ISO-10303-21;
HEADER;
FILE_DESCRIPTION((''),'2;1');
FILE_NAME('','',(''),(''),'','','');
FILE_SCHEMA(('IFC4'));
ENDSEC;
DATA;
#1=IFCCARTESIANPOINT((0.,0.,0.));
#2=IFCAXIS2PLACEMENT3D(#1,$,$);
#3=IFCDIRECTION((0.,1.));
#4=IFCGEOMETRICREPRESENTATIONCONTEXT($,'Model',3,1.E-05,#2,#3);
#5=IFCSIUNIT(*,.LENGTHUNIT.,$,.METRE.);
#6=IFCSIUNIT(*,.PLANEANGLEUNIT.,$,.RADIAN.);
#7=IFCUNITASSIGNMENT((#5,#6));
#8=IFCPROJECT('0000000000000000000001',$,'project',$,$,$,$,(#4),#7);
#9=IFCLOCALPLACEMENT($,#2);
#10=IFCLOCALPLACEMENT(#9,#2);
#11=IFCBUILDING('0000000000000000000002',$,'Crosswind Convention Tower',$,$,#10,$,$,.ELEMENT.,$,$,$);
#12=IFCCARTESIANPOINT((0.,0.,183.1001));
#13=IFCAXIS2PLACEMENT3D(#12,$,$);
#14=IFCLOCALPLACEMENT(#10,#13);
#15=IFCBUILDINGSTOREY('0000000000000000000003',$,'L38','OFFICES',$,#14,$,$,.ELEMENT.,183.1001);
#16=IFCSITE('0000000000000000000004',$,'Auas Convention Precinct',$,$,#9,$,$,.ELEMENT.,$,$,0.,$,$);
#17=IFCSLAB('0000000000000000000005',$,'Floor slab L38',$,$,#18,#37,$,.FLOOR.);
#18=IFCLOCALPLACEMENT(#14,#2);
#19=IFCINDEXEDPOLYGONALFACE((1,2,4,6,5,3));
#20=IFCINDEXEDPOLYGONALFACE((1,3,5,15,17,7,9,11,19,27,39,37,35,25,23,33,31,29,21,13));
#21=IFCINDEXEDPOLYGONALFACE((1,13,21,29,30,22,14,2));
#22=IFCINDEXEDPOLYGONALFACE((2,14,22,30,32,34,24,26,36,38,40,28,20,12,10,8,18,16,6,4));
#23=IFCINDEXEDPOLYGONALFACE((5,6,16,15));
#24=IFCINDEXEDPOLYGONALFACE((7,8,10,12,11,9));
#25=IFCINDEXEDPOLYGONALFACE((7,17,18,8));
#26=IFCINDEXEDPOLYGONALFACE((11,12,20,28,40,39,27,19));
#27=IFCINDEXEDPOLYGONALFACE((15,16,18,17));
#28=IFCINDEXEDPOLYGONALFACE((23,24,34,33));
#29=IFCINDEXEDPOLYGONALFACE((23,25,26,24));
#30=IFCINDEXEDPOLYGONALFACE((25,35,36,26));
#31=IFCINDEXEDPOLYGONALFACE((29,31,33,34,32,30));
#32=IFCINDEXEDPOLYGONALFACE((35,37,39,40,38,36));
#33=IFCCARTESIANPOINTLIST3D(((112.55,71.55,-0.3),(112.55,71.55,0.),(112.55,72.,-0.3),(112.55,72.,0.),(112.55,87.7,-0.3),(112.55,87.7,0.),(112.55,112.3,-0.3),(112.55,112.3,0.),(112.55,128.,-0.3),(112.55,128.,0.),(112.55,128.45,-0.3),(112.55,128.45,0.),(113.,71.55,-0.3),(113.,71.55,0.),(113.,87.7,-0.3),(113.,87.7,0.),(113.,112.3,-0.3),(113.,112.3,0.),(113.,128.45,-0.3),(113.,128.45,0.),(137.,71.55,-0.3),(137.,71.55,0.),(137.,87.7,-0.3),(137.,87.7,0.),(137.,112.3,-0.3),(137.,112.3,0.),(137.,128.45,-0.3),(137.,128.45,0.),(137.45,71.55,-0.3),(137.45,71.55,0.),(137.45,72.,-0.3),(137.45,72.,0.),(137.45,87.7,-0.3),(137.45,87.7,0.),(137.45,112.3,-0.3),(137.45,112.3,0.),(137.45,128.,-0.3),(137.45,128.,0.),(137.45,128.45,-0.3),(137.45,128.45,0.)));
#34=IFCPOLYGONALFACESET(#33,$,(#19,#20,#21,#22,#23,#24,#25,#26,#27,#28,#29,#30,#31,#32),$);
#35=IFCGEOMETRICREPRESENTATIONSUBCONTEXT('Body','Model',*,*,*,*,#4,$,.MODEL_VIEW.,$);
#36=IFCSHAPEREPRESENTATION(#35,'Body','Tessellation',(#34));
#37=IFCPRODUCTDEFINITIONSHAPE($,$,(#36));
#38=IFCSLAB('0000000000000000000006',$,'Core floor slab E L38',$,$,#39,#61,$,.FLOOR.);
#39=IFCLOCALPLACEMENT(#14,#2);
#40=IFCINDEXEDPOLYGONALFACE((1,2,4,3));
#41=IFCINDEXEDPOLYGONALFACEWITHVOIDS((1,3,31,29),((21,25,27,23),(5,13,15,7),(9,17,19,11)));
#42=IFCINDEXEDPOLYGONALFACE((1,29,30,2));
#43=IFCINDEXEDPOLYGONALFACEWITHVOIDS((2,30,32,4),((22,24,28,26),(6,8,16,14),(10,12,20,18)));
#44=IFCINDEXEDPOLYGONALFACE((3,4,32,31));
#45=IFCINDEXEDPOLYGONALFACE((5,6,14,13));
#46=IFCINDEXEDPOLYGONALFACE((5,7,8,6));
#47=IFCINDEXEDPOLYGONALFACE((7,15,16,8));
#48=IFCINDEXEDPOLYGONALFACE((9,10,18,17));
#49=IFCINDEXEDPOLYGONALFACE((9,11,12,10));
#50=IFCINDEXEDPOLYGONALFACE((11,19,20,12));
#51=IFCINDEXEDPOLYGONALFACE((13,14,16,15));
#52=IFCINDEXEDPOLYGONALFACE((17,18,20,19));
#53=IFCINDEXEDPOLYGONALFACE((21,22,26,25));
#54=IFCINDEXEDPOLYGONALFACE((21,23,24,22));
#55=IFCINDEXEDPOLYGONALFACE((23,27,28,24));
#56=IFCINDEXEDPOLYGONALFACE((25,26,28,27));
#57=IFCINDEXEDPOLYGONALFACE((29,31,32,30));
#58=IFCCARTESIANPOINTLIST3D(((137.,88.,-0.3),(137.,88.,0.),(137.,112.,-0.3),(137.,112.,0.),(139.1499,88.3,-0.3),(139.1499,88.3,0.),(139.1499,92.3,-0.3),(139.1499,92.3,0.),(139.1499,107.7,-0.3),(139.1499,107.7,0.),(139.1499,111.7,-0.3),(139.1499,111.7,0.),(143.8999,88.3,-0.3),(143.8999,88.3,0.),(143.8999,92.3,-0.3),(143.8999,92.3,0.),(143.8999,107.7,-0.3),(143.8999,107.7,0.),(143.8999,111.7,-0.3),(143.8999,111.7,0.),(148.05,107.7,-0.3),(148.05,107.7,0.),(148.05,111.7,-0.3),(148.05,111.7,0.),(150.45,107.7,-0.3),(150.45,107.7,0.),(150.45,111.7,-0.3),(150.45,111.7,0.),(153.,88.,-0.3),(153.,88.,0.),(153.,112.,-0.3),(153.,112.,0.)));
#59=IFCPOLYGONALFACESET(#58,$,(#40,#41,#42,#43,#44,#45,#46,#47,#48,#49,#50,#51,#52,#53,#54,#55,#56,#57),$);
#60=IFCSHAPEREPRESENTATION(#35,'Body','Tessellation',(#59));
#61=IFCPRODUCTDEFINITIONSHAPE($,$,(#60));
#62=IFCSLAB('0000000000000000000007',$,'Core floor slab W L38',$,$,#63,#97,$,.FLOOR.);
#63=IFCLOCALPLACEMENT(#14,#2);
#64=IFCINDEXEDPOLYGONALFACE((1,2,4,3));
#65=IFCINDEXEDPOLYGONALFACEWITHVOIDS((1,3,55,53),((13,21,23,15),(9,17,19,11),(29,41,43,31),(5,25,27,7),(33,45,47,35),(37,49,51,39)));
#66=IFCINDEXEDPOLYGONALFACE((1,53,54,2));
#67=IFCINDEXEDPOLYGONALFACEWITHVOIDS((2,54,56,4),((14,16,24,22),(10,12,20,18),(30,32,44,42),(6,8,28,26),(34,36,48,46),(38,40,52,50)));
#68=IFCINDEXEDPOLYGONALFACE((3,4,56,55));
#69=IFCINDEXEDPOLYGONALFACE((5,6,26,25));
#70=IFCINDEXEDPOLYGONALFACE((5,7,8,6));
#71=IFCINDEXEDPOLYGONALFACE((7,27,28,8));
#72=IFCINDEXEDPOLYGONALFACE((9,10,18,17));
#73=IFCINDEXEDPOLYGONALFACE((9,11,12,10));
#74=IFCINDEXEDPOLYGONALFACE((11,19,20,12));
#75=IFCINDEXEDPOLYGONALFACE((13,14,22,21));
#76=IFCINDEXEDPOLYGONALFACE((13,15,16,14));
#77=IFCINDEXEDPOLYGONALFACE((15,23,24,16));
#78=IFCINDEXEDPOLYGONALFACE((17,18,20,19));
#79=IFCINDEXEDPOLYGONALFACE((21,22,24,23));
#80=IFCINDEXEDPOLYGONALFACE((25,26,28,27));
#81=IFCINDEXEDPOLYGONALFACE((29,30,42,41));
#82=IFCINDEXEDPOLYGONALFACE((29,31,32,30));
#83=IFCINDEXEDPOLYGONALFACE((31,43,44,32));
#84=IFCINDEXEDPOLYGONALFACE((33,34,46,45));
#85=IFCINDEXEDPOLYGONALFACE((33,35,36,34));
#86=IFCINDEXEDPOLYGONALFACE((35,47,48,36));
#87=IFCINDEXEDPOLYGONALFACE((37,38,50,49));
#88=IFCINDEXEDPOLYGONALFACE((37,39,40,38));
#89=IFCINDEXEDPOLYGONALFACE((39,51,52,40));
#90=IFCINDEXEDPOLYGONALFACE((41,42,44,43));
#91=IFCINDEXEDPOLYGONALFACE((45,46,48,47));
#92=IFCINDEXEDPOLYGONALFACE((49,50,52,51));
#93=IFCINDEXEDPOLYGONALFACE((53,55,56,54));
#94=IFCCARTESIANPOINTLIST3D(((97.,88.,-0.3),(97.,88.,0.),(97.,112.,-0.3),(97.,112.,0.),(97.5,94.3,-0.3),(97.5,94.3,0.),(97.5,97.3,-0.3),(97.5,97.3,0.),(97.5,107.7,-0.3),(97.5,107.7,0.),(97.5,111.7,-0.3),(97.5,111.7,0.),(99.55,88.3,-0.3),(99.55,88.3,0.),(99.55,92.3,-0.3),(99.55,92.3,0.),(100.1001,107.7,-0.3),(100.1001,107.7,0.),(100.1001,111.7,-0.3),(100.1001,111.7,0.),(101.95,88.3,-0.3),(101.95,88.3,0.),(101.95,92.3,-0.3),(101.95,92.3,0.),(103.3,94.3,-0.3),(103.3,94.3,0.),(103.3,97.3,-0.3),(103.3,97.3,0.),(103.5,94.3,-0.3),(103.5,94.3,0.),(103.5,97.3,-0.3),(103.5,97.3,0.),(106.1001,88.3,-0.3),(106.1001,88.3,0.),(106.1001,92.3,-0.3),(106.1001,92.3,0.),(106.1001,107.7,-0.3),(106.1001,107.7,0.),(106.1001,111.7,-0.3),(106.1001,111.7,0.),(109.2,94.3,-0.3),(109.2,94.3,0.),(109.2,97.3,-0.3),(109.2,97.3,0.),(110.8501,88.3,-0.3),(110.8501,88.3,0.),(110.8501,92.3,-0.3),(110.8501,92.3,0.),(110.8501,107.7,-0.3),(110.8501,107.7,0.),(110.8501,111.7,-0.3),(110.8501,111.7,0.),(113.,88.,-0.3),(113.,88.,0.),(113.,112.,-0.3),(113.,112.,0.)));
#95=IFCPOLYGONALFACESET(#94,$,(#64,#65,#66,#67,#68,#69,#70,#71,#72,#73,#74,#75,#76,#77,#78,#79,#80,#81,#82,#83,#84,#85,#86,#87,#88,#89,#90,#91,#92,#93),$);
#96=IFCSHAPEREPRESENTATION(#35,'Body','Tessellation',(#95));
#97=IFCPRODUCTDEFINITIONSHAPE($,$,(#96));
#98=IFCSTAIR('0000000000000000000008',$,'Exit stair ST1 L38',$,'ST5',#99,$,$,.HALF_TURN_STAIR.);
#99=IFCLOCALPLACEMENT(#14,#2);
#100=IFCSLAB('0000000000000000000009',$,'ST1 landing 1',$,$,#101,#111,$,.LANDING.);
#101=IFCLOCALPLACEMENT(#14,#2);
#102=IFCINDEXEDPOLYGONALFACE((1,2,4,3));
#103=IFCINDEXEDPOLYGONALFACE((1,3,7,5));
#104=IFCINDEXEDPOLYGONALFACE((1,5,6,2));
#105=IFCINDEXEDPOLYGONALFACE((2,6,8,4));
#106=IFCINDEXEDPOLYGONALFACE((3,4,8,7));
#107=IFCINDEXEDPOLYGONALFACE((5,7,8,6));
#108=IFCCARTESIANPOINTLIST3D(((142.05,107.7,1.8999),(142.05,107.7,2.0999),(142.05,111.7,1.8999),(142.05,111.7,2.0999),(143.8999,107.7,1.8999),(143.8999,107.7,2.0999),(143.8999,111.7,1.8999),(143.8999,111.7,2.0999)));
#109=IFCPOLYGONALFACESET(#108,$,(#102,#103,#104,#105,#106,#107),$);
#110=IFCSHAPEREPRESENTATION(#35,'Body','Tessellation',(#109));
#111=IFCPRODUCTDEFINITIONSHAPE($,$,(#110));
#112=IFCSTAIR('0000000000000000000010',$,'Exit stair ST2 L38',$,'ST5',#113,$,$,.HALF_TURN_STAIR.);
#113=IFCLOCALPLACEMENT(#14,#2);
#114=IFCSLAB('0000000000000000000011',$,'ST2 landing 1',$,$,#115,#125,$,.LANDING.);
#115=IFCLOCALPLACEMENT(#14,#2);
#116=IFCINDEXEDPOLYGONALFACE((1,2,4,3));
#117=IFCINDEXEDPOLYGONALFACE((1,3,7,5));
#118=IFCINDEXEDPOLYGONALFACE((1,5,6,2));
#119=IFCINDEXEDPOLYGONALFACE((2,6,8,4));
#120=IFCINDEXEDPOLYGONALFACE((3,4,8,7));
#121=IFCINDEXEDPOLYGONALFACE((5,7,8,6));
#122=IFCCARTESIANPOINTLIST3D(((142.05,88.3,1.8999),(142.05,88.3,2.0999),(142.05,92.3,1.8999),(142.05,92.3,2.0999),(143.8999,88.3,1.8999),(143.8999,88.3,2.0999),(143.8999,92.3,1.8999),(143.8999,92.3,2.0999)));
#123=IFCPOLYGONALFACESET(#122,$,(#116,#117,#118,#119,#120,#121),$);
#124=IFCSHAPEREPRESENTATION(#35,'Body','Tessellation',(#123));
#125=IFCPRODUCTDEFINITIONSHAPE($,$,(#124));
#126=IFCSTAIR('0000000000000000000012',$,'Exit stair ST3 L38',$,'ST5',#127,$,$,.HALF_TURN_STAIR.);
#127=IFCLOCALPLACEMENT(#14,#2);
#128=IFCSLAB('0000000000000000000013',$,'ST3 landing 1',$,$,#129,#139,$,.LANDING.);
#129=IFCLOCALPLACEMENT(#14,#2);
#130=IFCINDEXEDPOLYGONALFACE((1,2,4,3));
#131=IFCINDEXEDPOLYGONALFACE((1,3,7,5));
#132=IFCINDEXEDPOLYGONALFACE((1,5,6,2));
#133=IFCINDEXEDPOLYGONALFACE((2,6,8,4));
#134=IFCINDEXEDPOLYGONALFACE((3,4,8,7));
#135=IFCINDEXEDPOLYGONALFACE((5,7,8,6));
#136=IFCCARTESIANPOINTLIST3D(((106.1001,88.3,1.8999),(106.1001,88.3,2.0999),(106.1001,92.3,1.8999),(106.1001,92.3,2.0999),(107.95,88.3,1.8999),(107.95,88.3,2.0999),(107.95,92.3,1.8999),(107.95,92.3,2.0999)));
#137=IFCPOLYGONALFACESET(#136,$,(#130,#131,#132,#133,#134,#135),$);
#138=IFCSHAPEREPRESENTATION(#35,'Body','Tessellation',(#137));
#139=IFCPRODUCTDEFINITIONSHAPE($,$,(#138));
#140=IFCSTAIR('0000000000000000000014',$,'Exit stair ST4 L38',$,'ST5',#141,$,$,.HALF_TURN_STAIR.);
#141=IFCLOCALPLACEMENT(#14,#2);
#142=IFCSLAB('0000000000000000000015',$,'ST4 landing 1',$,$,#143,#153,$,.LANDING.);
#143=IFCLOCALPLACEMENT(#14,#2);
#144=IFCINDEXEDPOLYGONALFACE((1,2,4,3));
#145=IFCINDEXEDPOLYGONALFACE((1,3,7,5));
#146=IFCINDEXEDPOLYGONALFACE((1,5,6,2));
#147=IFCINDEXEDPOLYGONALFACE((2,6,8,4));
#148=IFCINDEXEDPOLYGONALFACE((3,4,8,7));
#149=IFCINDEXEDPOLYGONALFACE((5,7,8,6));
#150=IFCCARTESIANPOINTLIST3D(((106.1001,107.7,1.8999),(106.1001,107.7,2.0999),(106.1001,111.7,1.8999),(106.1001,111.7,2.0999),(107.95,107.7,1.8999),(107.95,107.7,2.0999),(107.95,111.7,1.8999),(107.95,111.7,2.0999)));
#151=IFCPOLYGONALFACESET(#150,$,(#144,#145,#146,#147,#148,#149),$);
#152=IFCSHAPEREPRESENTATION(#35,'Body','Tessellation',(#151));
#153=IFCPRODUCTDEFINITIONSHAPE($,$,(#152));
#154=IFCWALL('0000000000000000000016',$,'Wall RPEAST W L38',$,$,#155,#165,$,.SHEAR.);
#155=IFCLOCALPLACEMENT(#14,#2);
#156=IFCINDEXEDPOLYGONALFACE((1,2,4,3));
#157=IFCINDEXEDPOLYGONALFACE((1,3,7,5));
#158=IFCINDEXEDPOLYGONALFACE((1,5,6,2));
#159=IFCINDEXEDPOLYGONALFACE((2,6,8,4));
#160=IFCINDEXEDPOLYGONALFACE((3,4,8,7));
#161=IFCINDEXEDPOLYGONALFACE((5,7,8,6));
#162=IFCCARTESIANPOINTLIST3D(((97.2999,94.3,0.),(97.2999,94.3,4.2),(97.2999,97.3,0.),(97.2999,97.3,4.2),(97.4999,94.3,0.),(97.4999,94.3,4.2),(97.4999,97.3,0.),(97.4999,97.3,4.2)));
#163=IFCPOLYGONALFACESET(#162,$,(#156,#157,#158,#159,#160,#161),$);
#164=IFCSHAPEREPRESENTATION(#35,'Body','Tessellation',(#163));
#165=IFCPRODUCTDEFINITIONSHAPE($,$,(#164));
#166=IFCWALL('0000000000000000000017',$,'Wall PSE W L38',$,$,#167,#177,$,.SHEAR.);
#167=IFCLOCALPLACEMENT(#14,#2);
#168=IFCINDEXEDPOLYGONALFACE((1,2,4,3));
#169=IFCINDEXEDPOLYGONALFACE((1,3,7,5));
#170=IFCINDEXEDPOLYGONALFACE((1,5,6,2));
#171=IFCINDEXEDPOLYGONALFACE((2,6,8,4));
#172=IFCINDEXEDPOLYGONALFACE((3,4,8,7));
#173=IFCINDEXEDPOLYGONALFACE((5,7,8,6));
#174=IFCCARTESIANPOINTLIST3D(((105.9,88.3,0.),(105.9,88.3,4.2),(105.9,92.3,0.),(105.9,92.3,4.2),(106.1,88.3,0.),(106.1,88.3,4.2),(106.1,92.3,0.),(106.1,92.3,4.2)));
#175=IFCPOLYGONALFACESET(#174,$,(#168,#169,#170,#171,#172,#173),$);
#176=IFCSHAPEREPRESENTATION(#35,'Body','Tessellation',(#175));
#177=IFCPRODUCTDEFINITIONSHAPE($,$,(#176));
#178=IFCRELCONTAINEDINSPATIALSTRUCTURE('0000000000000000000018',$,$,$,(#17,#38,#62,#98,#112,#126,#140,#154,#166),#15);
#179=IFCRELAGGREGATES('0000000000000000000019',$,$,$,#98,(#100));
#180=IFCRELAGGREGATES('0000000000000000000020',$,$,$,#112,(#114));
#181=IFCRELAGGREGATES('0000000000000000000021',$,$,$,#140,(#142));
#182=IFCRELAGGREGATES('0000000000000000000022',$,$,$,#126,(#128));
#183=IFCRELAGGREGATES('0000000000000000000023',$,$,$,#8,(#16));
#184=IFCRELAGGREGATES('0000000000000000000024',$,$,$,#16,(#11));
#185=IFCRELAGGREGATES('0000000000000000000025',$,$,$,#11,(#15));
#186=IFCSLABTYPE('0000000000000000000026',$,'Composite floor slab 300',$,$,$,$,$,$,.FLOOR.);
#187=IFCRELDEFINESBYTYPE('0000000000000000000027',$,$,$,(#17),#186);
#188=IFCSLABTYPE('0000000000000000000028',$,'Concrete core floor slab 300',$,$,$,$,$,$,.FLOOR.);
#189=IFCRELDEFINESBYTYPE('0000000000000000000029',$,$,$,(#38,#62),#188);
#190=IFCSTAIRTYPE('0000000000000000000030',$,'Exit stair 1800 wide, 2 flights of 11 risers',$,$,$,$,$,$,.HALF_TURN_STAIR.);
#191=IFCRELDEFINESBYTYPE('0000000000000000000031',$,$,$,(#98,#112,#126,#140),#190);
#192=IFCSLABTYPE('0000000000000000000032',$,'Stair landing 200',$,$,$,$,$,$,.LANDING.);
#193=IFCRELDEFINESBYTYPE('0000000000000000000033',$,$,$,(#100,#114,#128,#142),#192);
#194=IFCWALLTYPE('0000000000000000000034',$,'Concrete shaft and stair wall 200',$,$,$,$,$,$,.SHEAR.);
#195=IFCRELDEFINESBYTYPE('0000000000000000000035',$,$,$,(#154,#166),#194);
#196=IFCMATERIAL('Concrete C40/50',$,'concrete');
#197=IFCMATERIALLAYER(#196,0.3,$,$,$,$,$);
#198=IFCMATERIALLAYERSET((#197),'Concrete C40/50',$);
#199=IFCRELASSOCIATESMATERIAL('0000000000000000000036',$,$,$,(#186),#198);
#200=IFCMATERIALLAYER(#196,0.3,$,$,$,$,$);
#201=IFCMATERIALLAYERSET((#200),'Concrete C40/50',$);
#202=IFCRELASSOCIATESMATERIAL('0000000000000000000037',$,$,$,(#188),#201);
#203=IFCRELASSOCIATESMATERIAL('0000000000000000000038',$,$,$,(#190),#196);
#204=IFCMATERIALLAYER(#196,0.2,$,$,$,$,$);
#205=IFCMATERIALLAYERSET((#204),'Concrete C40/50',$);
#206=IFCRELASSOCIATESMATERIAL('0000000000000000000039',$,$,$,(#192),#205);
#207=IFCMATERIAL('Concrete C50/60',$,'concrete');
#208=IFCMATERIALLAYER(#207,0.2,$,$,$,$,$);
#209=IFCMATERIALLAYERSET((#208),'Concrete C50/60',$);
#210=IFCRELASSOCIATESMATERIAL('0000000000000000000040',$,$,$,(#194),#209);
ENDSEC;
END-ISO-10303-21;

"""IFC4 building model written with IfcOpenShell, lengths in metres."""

from ifc_helpers import new_model, si_unit, direction, frame, frame_2d, origin, place, context, subcontext, project, spatial, polyline, rectangle, outline, extrude, material, layer, layer_set, type_object, element, aggregate, save


model = new_model("IFC4")

# Units and contexts
model_context = context("Model", 3, precision=1e-05, world=origin(), true_north=direction((0.0, 1.0)))
body_context = subcontext(model_context, "Body", "Model", "MODEL_VIEW")
ifc_project = project(units=[si_unit("LENGTHUNIT", "METRE"), si_unit("PLANEANGLEUNIT", "RADIAN")], contexts=[model_context])

# Site, building, storey
site_placement = place(None, origin())
site = spatial("IfcSite", under=ifc_project, at=site_placement, Name="Auas Convention Precinct", CompositionType="ELEMENT", RefElevation=0.0)
building_placement = place(site_placement, origin())
building = spatial("IfcBuilding", under=site, at=building_placement, Name="Crosswind Convention Tower", CompositionType="ELEMENT")
storey_placement = place(building_placement, frame((0.0, 0.0, 183.1001)))
storey = spatial("IfcBuildingStorey", under=building, at=storey_placement, Name="L38", Description="OFFICES", CompositionType="ELEMENT", Elevation=183.1001)

# Slabs
ifc_material_1 = material(Name="Concrete C40/50", Category="concrete")
ifc_layer_1 = layer(ifc_material_1, 0.3)
ifc_layer_set_1 = layer_set([ifc_layer_1], Name="Concrete C40/50")
slab_type_1 = type_object("IfcSlabType", Name="Composite floor slab 300", PredefinedType="FLOOR", material=ifc_layer_set_1)
slab_1_placement = place(storey_placement, frame((0.0, 0.0, -0.3)))
element("IfcSlab", 1, at=slab_1_placement, inside=storey, type_object=slab_type_1, Name="Floor slab L38", PredefinedType="FLOOR", context=body_context, shape_type="SweptSolid", body=[
    extrude(outline(polyline([(137.45, 71.55), (137.0, 71.55), (113.0, 71.55), (112.55, 71.55), (112.55, 72.0), (112.55, 87.7), (113.0, 87.7), (113.0, 112.3), (112.55, 112.3), (112.55, 128.0), (112.55, 128.45), (113.0, 128.45), (137.0, 128.45), (137.45, 128.45), (137.45, 128.0), (137.45, 112.3), (137.0, 112.3), (137.0, 87.7), (137.45, 87.7), (137.45, 72.0), (137.45, 71.55)])), origin(), (0.0, 0.0, 1.0), 0.3),
])
ifc_layer_2 = layer(ifc_material_1, 0.3)
ifc_layer_set_2 = layer_set([ifc_layer_2], Name="Concrete C40/50")
slab_type_2 = type_object("IfcSlabType", Name="Concrete core floor slab 300", PredefinedType="FLOOR", material=ifc_layer_set_2)
slab_2_placement = place(storey_placement, frame((0.0, 0.0, -0.3)))
element("IfcSlab", 2, at=slab_2_placement, inside=storey, type_object=slab_type_2, Name="Core floor slab E L38", PredefinedType="FLOOR", context=body_context, shape_type="SweptSolid", body=[
    extrude(outline(polyline([(137.0, 88.0), (153.0, 88.0), (153.0, 112.0), (137.0, 112.0), (137.0, 88.0)]), holes=[polyline([(150.45, 107.7), (150.45, 111.7), (148.05, 111.7), (148.05, 107.7), (150.45, 107.7)]), polyline([(143.8999, 107.7), (143.8999, 111.7), (139.1499, 111.7), (139.1499, 107.7), (143.8999, 107.7)]), polyline([(143.8999, 88.3), (143.8999, 92.3), (139.1499, 92.3), (139.1499, 88.3), (143.8999, 88.3)])]), origin(), (0.0, 0.0, 1.0), 0.3),
])
slab_3_placement = place(storey_placement, frame((0.0, 0.0, -0.3)))
element("IfcSlab", 3, at=slab_3_placement, inside=storey, type_object=slab_type_2, Name="Core floor slab W L38", PredefinedType="FLOOR", context=body_context, shape_type="SweptSolid", body=[
    extrude(outline(polyline([(97.0, 88.0), (113.0, 88.0), (113.0, 112.0), (97.0, 112.0), (97.0, 88.0)]), holes=[polyline([(109.2, 94.3), (109.2, 97.3), (103.5, 97.3), (103.5, 94.3), (109.2, 94.3)]), polyline([(103.3, 94.3), (103.3, 97.3), (97.5, 97.3), (97.5, 94.3), (103.3, 94.3)]), polyline([(101.95, 88.3), (101.95, 92.3), (99.55, 92.3), (99.55, 88.3), (101.95, 88.3)]), polyline([(100.1001, 107.7), (100.1001, 111.7), (97.5, 111.7), (97.5, 107.7), (100.1001, 107.7)]), polyline([(110.8501, 88.3), (110.8501, 92.3), (106.1001, 92.3), (106.1001, 88.3), (110.8501, 88.3)]), polyline([(110.8501, 107.7), (110.8501, 111.7), (106.1001, 111.7), (106.1001, 107.7), (110.8501, 107.7)])]), origin(), (0.0, 0.0, 1.0), 0.3),
])

# Stairs, slabs
stair_type = type_object("IfcStairType", Name="Exit stair 1800 wide, 2 flights of 11 risers", PredefinedType="HALF_TURN_STAIR", material=ifc_material_1)
stair_1_placement = place(storey_placement, origin())
stair_1 = element("IfcStair", 4, at=stair_1_placement, inside=storey, type_object=stair_type, Name="Exit stair ST1 L38", ObjectType="ST5", PredefinedType="HALF_TURN_STAIR")
ifc_layer_3 = layer(ifc_material_1, 0.2)
ifc_layer_set_3 = layer_set([ifc_layer_3], Name="Concrete C40/50")
slab_type_3 = type_object("IfcSlabType", Name="Stair landing 200", PredefinedType="LANDING", material=ifc_layer_set_3)
slab_4_placement = place(storey_placement, frame((0.0, 0.0, 1.8999)))
slab_4 = element("IfcSlab", 5, at=slab_4_placement, type_object=slab_type_3, Name="ST1 landing 1", PredefinedType="LANDING", context=body_context, shape_type="SweptSolid", body=[
    extrude(outline(polyline([(143.8999, 107.7), (143.8999, 111.7), (142.05, 111.7), (142.05, 107.7), (143.8999, 107.7)])), origin(), (0.0, 0.0, 1.0), 0.2),
])
aggregate(stair_1, [slab_4])
stair_2_placement = place(storey_placement, origin())
stair_2 = element("IfcStair", 6, at=stair_2_placement, inside=storey, type_object=stair_type, Name="Exit stair ST2 L38", ObjectType="ST5", PredefinedType="HALF_TURN_STAIR")
slab_5_placement = place(storey_placement, frame((0.0, 0.0, 1.8999)))
slab_5 = element("IfcSlab", 7, at=slab_5_placement, type_object=slab_type_3, Name="ST2 landing 1", PredefinedType="LANDING", context=body_context, shape_type="SweptSolid", body=[
    extrude(outline(polyline([(143.8999, 88.3), (143.8999, 92.3), (142.05, 92.3), (142.05, 88.3), (143.8999, 88.3)])), origin(), (0.0, 0.0, 1.0), 0.2),
])
aggregate(stair_2, [slab_5])
stair_3_placement = place(storey_placement, origin())
stair_3 = element("IfcStair", 8, at=stair_3_placement, inside=storey, type_object=stair_type, Name="Exit stair ST3 L38", ObjectType="ST5", PredefinedType="HALF_TURN_STAIR")
slab_6_placement = place(storey_placement, frame((0.0, 0.0, 1.8999)))
slab_6 = element("IfcSlab", 9, at=slab_6_placement, type_object=slab_type_3, Name="ST3 landing 1", PredefinedType="LANDING", context=body_context, shape_type="SweptSolid", body=[
    extrude(outline(polyline([(107.95, 88.3), (107.95, 92.3), (106.1001, 92.3), (106.1001, 88.3), (107.95, 88.3)])), origin(), (0.0, 0.0, 1.0), 0.2),
])
stair_4_placement = place(storey_placement, origin())
stair_4 = element("IfcStair", 10, at=stair_4_placement, inside=storey, type_object=stair_type, Name="Exit stair ST4 L38", ObjectType="ST5", PredefinedType="HALF_TURN_STAIR")
slab_7_placement = place(storey_placement, frame((0.0, 0.0, 1.8999)))
slab_7 = element("IfcSlab", 11, at=slab_7_placement, type_object=slab_type_3, Name="ST4 landing 1", PredefinedType="LANDING", context=body_context, shape_type="SweptSolid", body=[
    extrude(outline(polyline([(107.95, 107.7), (107.95, 111.7), (106.1001, 111.7), (106.1001, 107.7), (107.95, 107.7)])), origin(), (0.0, 0.0, 1.0), 0.2),
])
aggregate(stair_4, [slab_7])

# Walls
ifc_material_2 = material(Name="Concrete C50/60", Category="concrete")
ifc_layer_4 = layer(ifc_material_2, 0.2)
ifc_layer_set_4 = layer_set([ifc_layer_4], Name="Concrete C50/60")
wall_type_1 = type_object("IfcWallType", Name="Concrete shaft and stair wall 200", PredefinedType="SHEAR", material=ifc_layer_set_4)
wall_1_placement = place(storey_placement, frame((97.3999, 97.3, 0.0), z_axis=(0.0, 0.0, 1.0), x_axis=(0.0, -1.0, 0.0)))
element("IfcWall", 12, at=wall_1_placement, inside=storey, type_object=wall_type_1, Name="Wall RPEAST W L38", PredefinedType="SHEAR", context=body_context, shape_type="SweptSolid", body=[
    extrude(rectangle(XDim=3.0, YDim=0.2, at=frame_2d((1.5, 0.0))), origin(), (0.0, 0.0, 1.0), 4.2),
])
wall_2_placement = place(storey_placement, frame((106.0, 92.3, 0.0), z_axis=(0.0, 0.0, 1.0), x_axis=(0.0, -1.0, 0.0)))
element("IfcWall", 13, at=wall_2_placement, inside=storey, type_object=wall_type_1, Name="Wall PSE W L38", PredefinedType="SHEAR", context=body_context, shape_type="SweptSolid", body=[
    extrude(rectangle(XDim=4.0, YDim=0.2, at=frame_2d((2.0, 0.0))), origin(), (0.0, 0.0, 1.0), 4.2),
])

aggregate(stair_3, [slab_6])

save(model, "model.ifc")
